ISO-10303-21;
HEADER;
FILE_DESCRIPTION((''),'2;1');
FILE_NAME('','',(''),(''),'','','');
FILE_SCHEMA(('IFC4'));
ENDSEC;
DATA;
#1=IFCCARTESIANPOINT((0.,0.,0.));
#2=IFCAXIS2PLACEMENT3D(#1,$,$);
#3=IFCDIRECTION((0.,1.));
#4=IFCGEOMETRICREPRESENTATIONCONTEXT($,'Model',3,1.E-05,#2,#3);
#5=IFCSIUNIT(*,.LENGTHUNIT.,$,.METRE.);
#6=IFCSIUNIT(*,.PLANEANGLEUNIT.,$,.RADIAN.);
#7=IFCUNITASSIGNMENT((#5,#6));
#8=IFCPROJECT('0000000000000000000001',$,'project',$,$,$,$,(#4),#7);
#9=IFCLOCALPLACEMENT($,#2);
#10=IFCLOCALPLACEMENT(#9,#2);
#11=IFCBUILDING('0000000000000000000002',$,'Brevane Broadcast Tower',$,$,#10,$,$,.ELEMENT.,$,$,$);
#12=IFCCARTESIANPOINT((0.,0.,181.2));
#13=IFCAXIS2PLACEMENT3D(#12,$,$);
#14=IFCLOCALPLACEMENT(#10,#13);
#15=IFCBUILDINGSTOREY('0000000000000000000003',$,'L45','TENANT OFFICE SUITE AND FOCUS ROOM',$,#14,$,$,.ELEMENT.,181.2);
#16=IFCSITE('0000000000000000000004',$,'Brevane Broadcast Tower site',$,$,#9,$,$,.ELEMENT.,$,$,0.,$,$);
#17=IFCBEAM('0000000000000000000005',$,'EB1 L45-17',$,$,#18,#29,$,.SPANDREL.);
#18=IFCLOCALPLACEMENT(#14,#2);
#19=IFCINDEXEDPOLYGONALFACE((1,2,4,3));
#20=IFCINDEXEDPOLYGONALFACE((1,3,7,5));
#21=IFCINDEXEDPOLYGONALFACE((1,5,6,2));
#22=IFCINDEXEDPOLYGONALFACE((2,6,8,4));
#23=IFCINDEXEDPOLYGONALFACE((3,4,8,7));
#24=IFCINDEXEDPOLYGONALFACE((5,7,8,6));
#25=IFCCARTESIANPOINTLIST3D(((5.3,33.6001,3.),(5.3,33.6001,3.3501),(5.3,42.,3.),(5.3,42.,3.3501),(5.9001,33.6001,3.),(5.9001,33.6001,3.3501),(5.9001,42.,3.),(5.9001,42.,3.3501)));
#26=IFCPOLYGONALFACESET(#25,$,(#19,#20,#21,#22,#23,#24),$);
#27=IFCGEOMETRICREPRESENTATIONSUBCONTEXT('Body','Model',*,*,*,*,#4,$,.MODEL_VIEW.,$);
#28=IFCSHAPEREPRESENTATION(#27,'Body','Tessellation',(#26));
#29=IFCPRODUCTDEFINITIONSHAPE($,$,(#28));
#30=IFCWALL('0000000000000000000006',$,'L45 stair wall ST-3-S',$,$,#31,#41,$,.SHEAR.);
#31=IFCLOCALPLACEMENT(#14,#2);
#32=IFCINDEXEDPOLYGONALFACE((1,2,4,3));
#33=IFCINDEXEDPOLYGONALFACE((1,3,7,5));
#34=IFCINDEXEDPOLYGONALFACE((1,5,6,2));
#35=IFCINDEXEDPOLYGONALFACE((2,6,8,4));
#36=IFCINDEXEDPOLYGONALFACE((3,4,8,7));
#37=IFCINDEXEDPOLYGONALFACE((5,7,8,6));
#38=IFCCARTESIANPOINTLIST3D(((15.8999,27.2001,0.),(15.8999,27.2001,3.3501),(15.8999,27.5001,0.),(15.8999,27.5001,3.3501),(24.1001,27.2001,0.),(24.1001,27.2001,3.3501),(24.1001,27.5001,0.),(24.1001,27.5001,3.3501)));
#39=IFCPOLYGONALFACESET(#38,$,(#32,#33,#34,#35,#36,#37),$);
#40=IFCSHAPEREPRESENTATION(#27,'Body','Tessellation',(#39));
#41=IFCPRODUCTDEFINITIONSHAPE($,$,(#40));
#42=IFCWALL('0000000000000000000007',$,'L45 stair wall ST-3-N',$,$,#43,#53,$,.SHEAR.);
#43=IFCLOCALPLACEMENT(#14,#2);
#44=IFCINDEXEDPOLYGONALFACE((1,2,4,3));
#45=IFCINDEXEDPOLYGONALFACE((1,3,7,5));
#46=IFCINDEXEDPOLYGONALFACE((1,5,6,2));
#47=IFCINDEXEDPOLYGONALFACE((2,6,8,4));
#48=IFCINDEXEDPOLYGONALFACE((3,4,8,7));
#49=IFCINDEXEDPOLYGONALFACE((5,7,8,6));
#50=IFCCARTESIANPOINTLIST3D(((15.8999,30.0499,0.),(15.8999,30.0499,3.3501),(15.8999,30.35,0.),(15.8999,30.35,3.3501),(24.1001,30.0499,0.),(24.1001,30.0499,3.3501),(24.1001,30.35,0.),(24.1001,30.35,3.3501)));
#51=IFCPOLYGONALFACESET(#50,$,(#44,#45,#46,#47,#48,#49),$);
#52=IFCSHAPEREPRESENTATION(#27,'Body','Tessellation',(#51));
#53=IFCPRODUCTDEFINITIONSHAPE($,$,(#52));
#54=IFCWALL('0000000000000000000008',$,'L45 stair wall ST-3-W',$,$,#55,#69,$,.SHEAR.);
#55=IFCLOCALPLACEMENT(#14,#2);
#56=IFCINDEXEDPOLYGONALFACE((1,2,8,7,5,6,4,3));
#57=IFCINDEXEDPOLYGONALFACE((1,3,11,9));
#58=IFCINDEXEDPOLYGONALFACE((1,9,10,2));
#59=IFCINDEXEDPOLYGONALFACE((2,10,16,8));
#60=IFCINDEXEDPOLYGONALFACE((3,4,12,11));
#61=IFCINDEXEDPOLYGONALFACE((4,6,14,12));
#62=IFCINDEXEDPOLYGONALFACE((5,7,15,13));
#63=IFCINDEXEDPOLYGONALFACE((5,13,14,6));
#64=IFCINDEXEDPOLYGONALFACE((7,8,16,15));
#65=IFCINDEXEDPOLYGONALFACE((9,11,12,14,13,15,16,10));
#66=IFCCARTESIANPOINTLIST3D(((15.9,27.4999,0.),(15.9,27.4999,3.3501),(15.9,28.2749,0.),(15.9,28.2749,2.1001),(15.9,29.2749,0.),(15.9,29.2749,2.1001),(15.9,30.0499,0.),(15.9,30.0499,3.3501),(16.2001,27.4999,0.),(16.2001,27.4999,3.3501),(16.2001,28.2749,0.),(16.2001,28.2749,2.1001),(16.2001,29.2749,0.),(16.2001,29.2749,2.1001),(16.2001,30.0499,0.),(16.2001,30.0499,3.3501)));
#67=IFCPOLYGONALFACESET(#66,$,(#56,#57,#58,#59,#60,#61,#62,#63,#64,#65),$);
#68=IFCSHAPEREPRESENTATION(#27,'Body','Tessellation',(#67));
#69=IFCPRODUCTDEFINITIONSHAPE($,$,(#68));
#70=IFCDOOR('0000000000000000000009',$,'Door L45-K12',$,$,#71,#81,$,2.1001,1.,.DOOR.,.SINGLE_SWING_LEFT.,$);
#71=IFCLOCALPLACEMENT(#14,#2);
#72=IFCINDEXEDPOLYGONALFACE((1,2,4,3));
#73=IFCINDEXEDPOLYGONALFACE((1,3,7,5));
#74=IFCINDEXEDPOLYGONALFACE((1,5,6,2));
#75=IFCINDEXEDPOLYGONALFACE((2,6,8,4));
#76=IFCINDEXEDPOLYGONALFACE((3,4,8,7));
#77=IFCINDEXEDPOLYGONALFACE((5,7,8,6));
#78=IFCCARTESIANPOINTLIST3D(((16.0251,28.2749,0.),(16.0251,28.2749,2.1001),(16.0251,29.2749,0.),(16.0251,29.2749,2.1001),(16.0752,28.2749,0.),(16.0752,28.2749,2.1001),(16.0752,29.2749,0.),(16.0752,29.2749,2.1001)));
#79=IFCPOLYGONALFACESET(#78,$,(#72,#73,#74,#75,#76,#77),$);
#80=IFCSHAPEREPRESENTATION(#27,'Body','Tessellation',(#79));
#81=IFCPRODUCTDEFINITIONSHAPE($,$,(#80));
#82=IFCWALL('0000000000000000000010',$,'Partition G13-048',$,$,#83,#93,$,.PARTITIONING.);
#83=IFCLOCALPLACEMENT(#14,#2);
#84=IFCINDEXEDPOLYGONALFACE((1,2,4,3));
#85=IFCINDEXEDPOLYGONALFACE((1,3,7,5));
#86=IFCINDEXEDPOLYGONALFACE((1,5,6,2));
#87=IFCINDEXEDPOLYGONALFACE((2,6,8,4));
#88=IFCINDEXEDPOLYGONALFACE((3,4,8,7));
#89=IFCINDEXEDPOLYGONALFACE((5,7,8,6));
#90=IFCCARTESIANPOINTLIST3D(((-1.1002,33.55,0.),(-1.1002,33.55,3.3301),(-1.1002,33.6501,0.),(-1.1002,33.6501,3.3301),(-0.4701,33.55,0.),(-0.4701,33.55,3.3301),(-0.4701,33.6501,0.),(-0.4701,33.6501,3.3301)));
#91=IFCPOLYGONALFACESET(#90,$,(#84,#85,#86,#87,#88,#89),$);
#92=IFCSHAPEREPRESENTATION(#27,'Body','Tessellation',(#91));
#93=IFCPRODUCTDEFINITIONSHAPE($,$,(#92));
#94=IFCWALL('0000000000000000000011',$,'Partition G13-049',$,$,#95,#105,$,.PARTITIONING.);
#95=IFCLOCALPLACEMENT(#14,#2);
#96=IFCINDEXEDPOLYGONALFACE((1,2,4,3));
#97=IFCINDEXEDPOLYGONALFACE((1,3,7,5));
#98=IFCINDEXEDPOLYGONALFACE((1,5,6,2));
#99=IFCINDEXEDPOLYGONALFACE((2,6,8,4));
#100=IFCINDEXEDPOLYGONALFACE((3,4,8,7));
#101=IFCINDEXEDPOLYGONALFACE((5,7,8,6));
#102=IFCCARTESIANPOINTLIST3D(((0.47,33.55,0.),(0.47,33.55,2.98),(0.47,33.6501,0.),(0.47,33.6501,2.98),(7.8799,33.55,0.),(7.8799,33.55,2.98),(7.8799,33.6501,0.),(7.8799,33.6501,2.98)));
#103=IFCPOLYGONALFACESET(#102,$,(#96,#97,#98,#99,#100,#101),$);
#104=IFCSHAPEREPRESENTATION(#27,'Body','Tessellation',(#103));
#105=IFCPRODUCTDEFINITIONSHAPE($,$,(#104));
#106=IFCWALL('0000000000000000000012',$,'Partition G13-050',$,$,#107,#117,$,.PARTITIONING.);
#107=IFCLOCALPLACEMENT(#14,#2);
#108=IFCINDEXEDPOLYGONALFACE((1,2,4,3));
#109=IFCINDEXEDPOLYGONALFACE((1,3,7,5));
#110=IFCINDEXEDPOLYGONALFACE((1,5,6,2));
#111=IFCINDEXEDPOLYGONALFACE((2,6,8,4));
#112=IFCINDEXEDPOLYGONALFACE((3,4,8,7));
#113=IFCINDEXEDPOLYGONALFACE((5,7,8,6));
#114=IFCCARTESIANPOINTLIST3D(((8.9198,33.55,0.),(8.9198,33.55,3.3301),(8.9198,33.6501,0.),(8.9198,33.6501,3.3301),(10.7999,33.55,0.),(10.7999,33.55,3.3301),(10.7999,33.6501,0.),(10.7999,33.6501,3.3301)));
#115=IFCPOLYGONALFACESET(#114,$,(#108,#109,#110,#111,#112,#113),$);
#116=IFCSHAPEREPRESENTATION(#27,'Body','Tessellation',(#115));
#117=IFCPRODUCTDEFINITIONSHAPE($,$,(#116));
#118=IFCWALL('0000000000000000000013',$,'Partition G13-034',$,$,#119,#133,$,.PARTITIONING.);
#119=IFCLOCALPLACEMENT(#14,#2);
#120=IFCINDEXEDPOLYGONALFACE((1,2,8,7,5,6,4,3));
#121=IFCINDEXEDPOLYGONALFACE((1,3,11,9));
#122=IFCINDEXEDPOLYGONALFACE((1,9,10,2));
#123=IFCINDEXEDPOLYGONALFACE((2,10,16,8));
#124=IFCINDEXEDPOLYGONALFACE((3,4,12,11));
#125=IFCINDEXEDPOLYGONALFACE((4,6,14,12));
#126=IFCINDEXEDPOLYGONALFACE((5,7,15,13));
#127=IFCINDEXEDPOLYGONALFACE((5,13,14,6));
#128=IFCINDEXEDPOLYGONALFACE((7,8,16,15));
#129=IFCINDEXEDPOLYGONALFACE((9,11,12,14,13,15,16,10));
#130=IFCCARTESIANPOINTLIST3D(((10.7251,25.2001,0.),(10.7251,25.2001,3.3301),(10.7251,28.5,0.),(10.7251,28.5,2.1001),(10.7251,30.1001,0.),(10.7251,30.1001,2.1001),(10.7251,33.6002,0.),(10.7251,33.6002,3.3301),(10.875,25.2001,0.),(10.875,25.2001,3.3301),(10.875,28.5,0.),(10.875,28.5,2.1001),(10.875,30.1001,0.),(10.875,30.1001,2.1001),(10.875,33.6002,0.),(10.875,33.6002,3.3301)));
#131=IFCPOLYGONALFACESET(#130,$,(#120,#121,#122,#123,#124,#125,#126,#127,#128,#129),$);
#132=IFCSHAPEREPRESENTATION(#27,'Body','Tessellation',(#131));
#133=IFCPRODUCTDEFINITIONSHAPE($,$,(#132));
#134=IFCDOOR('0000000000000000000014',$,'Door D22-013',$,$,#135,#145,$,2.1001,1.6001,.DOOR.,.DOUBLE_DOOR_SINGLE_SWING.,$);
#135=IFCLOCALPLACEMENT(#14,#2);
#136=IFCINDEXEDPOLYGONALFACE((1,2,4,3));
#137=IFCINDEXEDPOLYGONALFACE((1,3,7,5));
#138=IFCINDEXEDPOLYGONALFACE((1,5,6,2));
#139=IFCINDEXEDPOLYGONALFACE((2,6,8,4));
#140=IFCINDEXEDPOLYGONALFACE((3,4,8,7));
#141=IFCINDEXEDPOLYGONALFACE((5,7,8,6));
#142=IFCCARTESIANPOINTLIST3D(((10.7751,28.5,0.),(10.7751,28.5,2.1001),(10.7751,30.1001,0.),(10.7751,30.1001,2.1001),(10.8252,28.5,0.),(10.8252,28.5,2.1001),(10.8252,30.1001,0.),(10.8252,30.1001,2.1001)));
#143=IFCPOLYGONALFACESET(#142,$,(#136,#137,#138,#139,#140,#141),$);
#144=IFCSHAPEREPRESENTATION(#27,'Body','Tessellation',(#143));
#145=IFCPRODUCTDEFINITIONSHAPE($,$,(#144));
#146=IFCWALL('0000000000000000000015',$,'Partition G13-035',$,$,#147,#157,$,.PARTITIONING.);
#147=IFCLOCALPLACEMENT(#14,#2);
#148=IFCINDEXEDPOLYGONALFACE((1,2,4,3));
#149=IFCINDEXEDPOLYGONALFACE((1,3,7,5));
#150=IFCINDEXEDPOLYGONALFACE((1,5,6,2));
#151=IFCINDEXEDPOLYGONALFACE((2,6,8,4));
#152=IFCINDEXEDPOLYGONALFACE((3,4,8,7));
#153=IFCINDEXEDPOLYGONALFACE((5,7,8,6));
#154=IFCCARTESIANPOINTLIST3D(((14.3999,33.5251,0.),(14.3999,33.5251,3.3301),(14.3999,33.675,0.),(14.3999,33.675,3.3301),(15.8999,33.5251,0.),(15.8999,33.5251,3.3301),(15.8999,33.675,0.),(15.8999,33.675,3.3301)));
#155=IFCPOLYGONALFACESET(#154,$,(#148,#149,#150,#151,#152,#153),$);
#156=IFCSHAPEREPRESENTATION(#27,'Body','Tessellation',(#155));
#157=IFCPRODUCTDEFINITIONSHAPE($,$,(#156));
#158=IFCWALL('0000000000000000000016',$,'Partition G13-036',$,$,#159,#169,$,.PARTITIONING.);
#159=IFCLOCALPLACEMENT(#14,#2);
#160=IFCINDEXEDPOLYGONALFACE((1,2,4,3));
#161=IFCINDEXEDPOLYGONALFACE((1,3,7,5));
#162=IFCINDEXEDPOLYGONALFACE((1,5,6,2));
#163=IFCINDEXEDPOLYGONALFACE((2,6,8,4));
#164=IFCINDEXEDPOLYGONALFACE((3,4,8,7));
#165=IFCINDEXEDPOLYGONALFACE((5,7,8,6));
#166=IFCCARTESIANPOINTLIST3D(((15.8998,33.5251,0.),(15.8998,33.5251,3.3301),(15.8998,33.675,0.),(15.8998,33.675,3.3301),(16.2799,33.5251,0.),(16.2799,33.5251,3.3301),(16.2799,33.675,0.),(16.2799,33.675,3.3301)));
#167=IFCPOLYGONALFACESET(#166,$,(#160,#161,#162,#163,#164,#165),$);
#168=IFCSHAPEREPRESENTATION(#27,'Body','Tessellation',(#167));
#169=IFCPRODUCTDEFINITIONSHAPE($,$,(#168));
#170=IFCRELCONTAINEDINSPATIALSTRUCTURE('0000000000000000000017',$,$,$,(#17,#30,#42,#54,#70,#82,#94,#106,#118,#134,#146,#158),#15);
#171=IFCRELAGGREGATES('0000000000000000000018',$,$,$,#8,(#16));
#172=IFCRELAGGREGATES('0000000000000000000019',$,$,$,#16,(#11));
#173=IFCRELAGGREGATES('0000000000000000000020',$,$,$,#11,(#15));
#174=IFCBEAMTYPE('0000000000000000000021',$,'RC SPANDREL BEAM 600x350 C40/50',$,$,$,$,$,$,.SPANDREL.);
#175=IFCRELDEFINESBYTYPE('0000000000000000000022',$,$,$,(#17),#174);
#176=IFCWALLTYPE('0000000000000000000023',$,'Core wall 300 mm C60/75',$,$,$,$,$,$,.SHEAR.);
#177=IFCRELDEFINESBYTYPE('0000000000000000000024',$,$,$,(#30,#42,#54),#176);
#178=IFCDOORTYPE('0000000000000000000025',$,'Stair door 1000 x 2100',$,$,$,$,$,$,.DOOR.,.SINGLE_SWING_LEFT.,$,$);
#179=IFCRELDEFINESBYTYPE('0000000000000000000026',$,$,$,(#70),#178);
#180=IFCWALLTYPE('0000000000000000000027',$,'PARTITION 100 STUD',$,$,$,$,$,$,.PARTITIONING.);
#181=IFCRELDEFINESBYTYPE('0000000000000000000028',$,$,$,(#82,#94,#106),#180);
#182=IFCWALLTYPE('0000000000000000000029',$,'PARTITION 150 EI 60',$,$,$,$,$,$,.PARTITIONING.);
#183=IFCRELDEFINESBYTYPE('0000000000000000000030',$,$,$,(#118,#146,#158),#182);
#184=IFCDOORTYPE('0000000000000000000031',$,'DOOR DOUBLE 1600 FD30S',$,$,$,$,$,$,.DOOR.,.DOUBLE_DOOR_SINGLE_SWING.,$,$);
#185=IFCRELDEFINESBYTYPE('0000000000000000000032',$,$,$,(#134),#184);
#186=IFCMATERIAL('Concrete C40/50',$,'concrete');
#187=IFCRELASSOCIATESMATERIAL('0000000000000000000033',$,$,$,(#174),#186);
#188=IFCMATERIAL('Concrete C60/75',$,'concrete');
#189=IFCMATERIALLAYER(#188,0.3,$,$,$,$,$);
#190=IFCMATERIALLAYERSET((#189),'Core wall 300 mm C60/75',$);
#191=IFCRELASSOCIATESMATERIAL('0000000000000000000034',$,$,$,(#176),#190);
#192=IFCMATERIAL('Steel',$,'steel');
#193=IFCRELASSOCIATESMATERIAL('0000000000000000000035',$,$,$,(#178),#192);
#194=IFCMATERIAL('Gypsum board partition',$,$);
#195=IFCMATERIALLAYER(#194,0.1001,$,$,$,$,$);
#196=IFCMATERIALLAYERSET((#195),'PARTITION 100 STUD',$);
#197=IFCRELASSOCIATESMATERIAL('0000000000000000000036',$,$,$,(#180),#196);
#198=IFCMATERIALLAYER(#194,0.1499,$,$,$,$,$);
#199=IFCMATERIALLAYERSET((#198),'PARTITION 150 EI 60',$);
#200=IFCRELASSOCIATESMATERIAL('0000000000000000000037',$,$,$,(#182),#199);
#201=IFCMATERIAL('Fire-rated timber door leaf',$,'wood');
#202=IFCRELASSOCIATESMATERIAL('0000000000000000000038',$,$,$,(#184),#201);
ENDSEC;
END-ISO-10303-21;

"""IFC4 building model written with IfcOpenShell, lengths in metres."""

from ifc_helpers import new_model, si_unit, direction, frame, frame_2d, origin, origin_2d, place, context, subcontext, project, spatial, polyline, rectangle, outline, extrude, material, layer, layer_set, material_profile, profile_set, type_object, element, fill, save


model = new_model("IFC4")

# Units and contexts
model_context = context("Model", 3, precision=1e-05, world=origin(), true_north=direction((0.0, 1.0)))
body_context = subcontext(model_context, "Body", "Model", "MODEL_VIEW")
ifc_project = project(units=[si_unit("LENGTHUNIT", "METRE"), si_unit("PLANEANGLEUNIT", "RADIAN")], contexts=[model_context])

# Site, building, storey
site_placement = place(None, origin())
site = spatial("IfcSite", under=ifc_project, at=site_placement, Name="Brevane Broadcast Tower site", CompositionType="ELEMENT", RefElevation=0.0)
building_placement = place(site_placement, origin())
building = spatial("IfcBuilding", under=site, at=building_placement, Name="Brevane Broadcast Tower", CompositionType="ELEMENT")
storey_placement = place(building_placement, frame((0.0, 0.0, 181.2)))
storey = spatial("IfcBuildingStorey", under=building, at=storey_placement, Name="L45", Description="TENANT OFFICE SUITE AND FOCUS ROOM", CompositionType="ELEMENT", Elevation=181.2)

# Shared definitions
ifc_material_1 = material(Name="Concrete C60/75", Category="concrete")

# Beam
ifc_material_2 = material(Name="Concrete C40/50", Category="concrete")
ifc_material_profile_1 = material_profile(ifc_material_2, rectangle(XDim=0.6001, YDim=0.3501, at=origin_2d()), Name="RC 600x350")
ifc_profile_set_1 = profile_set([ifc_material_profile_1], Name="Concrete C40/50")
beam_type = type_object("IfcBeamType", Name="RC SPANDREL BEAM 600x350 C40/50", PredefinedType="SPANDREL", material=ifc_profile_set_1)
beam_1_placement = place(storey_placement, frame((5.6001, 33.6001, 3.175), z_axis=(0.0, 1.0, 0.0), x_axis=(-1.0, 0.0, 0.0)))
element("IfcBeam", 1, at=beam_1_placement, inside=storey, type_object=beam_type, Name="EB1 L45-17", PredefinedType="SPANDREL", context=body_context, shape_type="SweptSolid", body=[
    extrude(rectangle(XDim=0.6001, YDim=0.3501, at=origin_2d()), origin(), (0.0, 0.0, 1.0), 8.3999),
])

# Walls
ifc_layer_1 = layer(ifc_material_1, 0.3)
ifc_layer_set_1 = layer_set([ifc_layer_1], Name="Core wall 300 mm C60/75")
wall_type_1 = type_object("IfcWallType", Name="Core wall 300 mm C60/75", PredefinedType="SHEAR", material=ifc_layer_set_1)
for number, where, z_axis, x_axis, name in (
    (2, (15.8999, 27.3501, 0.0), (0.0, 0.0, 1.0), (1.0, 0.0, 0.0), "L45 stair wall ST-3-S"),
    (3, (15.8999, 30.2, 0.0), (0.0, 0.0, 1.0), (1.0, 0.0, 0.0), "L45 stair wall ST-3-N"),
):
    element("IfcWall", number, at=place(storey_placement, frame(where, z_axis=z_axis, x_axis=x_axis)), inside=storey, type_object=wall_type_1, Name=name, PredefinedType="SHEAR", context=body_context, shape_type="SweptSolid", body=[
        extrude(rectangle(XDim=8.2002, YDim=0.3, at=frame_2d((4.1001, 0.0))), origin(), (0.0, 0.0, 1.0), 3.3501),
    ])

# Wall, opening, door
wall_1_placement = place(storey_placement, frame((16.05, 27.5, 0.0), z_axis=(0.0, 0.0, 1.0), x_axis=(0.0, 1.0, 0.0)))
wall_1 = element("IfcWall", 4, at=wall_1_placement, inside=storey, type_object=wall_type_1, Name="L45 stair wall ST-3-W", PredefinedType="SHEAR", context=body_context, shape_type="SweptSolid", body=[
    extrude(rectangle(XDim=2.55, YDim=0.3, at=frame_2d((1.2749, 0.0))), origin(), (0.0, 0.0, 1.0), 3.3501),
])
opening_1_placement = place(wall_1_placement, frame((0.7749, 0.0, 0.0)))
opening_1 = element("IfcOpeningElement", 5, at=opening_1_placement, cuts=wall_1, PredefinedType="OPENING", context=body_context, shape_type="SweptSolid", body=[
    extrude(rectangle(XDim=1.0, YDim=2.1001, at=frame_2d((0.5, 1.05))), frame((0.0, 0.1599, 0.0), z_axis=(0.0, -1.0, 0.0), x_axis=(1.0, 0.0, 0.0)), (0.0, 0.0, 1.0), 0.3201),
])
ifc_material_3 = material(Name="Steel", Category="steel")
door_type_1 = type_object("IfcDoorType", Name="Stair door 1000 x 2100", OperationType="SINGLE_SWING_LEFT", PredefinedType="DOOR", material=ifc_material_3)
door_1_placement = place(opening_1_placement, origin())
door_1 = element("IfcDoor", 6, at=door_1_placement, inside=storey, type_object=door_type_1, Name="Door L45-K12", OperationType="SINGLE_SWING_LEFT", OverallHeight=2.1001, OverallWidth=1.0, PredefinedType="DOOR", context=body_context, shape_type="SweptSolid", body=[
    extrude(rectangle(XDim=1.0, YDim=2.1001, at=frame_2d((0.5, 1.05))), frame((0.0, 0.0249, 0.0), z_axis=(0.0, -1.0, 0.0), x_axis=(1.0, 0.0, 0.0)), (0.0, 0.0, 1.0), 0.05),
])
fill(opening_1, door_1)

# Walls
ifc_material_4 = material(Name="Gypsum board partition")
ifc_layer_2 = layer(ifc_material_4, 0.1001)
ifc_layer_set_2 = layer_set([ifc_layer_2], Name="PARTITION 100 STUD")
wall_type_2 = type_object("IfcWallType", Name="PARTITION 100 STUD", PredefinedType="PARTITIONING", material=ifc_layer_set_2)
wall_2_placement = place(storey_placement, frame((-1.1001, 33.6001, 0.0), z_axis=(0.0, 0.0, 1.0), x_axis=(1.0, 0.0, 0.0)))
element("IfcWall", 7, at=wall_2_placement, inside=storey, type_object=wall_type_2, Name="Partition G13-048", PredefinedType="PARTITIONING", context=body_context, shape_type="SweptSolid", body=[
    extrude(rectangle(XDim=0.6301, YDim=0.1001, at=frame_2d((0.3149, 0.0))), origin(), (0.0, 0.0, 1.0), 3.3301),
])
wall_3_placement = place(storey_placement, frame((0.47, 33.6001, 0.0), z_axis=(0.0, 0.0, 1.0), x_axis=(1.0, 0.0, 0.0)))
element("IfcWall", 8, at=wall_3_placement, inside=storey, type_object=wall_type_2, Name="Partition G13-049", PredefinedType="PARTITIONING", context=body_context, shape_type="SweptSolid", body=[
    extrude(outline(polyline([(0.0, 0.0), (7.4099, 0.0), (7.4099, 2.98), (0.0, 2.98), (0.0, 0.0)])), frame((0.0, 0.05, 0.0), z_axis=(0.0, -1.0, 0.0), x_axis=(1.0, 0.0, 0.0)), (0.0, 0.0, 1.0), 0.1001),
])
wall_4_placement = place(storey_placement, frame((8.9199, 33.6001, 0.0), z_axis=(0.0, 0.0, 1.0), x_axis=(1.0, 0.0, 0.0)))
element("IfcWall", 9, at=wall_4_placement, inside=storey, type_object=wall_type_2, Name="Partition G13-050", PredefinedType="PARTITIONING", context=body_context, shape_type="SweptSolid", body=[
    extrude(rectangle(XDim=1.8801, YDim=0.1001, at=frame_2d((0.9399, 0.0))), origin(), (0.0, 0.0, 1.0), 3.3301),
])

# Wall, opening, door
ifc_layer_3 = layer(ifc_material_4, 0.1499)
ifc_layer_set_3 = layer_set([ifc_layer_3], Name="PARTITION 150 EI 60")
wall_type_3 = type_object("IfcWallType", Name="PARTITION 150 EI 60", PredefinedType="PARTITIONING", material=ifc_layer_set_3)
wall_5_placement = place(storey_placement, frame((10.8, 25.2, 0.0), z_axis=(0.0, 0.0, 1.0), x_axis=(0.0, 1.0, 0.0)))
wall_5 = element("IfcWall", 10, at=wall_5_placement, inside=storey, type_object=wall_type_3, Name="Partition G13-034", PredefinedType="PARTITIONING", context=body_context, shape_type="SweptSolid", body=[
    extrude(rectangle(XDim=8.4001, YDim=0.1499, at=frame_2d((4.2002, 0.0))), origin(), (0.0, 0.0, 1.0), 3.3301),
])
opening_2_placement = place(wall_5_placement, frame((3.3, 0.0, 0.0)))
opening_2 = element("IfcOpeningElement", 11, at=opening_2_placement, cuts=wall_5, PredefinedType="OPENING", context=body_context, shape_type="SweptSolid", body=[
    extrude(rectangle(XDim=1.6001, YDim=2.1001, at=frame_2d((0.8, 1.05))), frame((0.0, 0.085, 0.0), z_axis=(0.0, -1.0, 0.0), x_axis=(1.0, 0.0, 0.0)), (0.0, 0.0, 1.0), 0.1699),
])
ifc_material_5 = material(Name="Fire-rated timber door leaf", Category="wood")
door_type_2 = type_object("IfcDoorType", Name="DOOR DOUBLE 1600 FD30S", OperationType="DOUBLE_DOOR_SINGLE_SWING", PredefinedType="DOOR", material=ifc_material_5)
door_2_placement = place(opening_2_placement, origin())
door_2 = element("IfcDoor", 12, at=door_2_placement, inside=storey, type_object=door_type_2, Name="Door D22-013", OperationType="DOUBLE_DOOR_SINGLE_SWING", OverallHeight=2.1001, OverallWidth=1.6001, PredefinedType="DOOR", context=body_context, shape_type="SweptSolid", body=[
    extrude(rectangle(XDim=1.6001, YDim=2.1001, at=frame_2d((0.8, 1.05))), frame((0.0, 0.0249, 0.0), z_axis=(0.0, -1.0, 0.0), x_axis=(1.0, 0.0, 0.0)), (0.0, 0.0, 1.0), 0.05),
])
fill(opening_2, door_2)

# Walls
wall_6_placement = place(storey_placement, frame((14.3999, 33.6001, 0.0), z_axis=(0.0, 0.0, 1.0), x_axis=(1.0, 0.0, 0.0)))
element("IfcWall", 13, at=wall_6_placement, inside=storey, type_object=wall_type_3, Name="Partition G13-035", PredefinedType="PARTITIONING", context=body_context, shape_type="SweptSolid", body=[
    extrude(rectangle(XDim=1.5, YDim=0.1499, at=frame_2d((0.75, 0.0))), origin(), (0.0, 0.0, 1.0), 3.3301),
])
wall_7_placement = place(storey_placement, frame((15.8999, 33.6001, 0.0), z_axis=(0.0, 0.0, 1.0), x_axis=(1.0, 0.0, 0.0)))
element("IfcWall", 14, at=wall_7_placement, inside=storey, type_object=wall_type_3, Name="Partition G13-036", PredefinedType="PARTITIONING", context=body_context, shape_type="SweptSolid", body=[
    extrude(rectangle(XDim=0.3801, YDim=0.1499, at=frame_2d((0.1899, 0.0))), origin(), (0.0, 0.0, 1.0), 3.3301),
])

save(model, "model.ifc")
